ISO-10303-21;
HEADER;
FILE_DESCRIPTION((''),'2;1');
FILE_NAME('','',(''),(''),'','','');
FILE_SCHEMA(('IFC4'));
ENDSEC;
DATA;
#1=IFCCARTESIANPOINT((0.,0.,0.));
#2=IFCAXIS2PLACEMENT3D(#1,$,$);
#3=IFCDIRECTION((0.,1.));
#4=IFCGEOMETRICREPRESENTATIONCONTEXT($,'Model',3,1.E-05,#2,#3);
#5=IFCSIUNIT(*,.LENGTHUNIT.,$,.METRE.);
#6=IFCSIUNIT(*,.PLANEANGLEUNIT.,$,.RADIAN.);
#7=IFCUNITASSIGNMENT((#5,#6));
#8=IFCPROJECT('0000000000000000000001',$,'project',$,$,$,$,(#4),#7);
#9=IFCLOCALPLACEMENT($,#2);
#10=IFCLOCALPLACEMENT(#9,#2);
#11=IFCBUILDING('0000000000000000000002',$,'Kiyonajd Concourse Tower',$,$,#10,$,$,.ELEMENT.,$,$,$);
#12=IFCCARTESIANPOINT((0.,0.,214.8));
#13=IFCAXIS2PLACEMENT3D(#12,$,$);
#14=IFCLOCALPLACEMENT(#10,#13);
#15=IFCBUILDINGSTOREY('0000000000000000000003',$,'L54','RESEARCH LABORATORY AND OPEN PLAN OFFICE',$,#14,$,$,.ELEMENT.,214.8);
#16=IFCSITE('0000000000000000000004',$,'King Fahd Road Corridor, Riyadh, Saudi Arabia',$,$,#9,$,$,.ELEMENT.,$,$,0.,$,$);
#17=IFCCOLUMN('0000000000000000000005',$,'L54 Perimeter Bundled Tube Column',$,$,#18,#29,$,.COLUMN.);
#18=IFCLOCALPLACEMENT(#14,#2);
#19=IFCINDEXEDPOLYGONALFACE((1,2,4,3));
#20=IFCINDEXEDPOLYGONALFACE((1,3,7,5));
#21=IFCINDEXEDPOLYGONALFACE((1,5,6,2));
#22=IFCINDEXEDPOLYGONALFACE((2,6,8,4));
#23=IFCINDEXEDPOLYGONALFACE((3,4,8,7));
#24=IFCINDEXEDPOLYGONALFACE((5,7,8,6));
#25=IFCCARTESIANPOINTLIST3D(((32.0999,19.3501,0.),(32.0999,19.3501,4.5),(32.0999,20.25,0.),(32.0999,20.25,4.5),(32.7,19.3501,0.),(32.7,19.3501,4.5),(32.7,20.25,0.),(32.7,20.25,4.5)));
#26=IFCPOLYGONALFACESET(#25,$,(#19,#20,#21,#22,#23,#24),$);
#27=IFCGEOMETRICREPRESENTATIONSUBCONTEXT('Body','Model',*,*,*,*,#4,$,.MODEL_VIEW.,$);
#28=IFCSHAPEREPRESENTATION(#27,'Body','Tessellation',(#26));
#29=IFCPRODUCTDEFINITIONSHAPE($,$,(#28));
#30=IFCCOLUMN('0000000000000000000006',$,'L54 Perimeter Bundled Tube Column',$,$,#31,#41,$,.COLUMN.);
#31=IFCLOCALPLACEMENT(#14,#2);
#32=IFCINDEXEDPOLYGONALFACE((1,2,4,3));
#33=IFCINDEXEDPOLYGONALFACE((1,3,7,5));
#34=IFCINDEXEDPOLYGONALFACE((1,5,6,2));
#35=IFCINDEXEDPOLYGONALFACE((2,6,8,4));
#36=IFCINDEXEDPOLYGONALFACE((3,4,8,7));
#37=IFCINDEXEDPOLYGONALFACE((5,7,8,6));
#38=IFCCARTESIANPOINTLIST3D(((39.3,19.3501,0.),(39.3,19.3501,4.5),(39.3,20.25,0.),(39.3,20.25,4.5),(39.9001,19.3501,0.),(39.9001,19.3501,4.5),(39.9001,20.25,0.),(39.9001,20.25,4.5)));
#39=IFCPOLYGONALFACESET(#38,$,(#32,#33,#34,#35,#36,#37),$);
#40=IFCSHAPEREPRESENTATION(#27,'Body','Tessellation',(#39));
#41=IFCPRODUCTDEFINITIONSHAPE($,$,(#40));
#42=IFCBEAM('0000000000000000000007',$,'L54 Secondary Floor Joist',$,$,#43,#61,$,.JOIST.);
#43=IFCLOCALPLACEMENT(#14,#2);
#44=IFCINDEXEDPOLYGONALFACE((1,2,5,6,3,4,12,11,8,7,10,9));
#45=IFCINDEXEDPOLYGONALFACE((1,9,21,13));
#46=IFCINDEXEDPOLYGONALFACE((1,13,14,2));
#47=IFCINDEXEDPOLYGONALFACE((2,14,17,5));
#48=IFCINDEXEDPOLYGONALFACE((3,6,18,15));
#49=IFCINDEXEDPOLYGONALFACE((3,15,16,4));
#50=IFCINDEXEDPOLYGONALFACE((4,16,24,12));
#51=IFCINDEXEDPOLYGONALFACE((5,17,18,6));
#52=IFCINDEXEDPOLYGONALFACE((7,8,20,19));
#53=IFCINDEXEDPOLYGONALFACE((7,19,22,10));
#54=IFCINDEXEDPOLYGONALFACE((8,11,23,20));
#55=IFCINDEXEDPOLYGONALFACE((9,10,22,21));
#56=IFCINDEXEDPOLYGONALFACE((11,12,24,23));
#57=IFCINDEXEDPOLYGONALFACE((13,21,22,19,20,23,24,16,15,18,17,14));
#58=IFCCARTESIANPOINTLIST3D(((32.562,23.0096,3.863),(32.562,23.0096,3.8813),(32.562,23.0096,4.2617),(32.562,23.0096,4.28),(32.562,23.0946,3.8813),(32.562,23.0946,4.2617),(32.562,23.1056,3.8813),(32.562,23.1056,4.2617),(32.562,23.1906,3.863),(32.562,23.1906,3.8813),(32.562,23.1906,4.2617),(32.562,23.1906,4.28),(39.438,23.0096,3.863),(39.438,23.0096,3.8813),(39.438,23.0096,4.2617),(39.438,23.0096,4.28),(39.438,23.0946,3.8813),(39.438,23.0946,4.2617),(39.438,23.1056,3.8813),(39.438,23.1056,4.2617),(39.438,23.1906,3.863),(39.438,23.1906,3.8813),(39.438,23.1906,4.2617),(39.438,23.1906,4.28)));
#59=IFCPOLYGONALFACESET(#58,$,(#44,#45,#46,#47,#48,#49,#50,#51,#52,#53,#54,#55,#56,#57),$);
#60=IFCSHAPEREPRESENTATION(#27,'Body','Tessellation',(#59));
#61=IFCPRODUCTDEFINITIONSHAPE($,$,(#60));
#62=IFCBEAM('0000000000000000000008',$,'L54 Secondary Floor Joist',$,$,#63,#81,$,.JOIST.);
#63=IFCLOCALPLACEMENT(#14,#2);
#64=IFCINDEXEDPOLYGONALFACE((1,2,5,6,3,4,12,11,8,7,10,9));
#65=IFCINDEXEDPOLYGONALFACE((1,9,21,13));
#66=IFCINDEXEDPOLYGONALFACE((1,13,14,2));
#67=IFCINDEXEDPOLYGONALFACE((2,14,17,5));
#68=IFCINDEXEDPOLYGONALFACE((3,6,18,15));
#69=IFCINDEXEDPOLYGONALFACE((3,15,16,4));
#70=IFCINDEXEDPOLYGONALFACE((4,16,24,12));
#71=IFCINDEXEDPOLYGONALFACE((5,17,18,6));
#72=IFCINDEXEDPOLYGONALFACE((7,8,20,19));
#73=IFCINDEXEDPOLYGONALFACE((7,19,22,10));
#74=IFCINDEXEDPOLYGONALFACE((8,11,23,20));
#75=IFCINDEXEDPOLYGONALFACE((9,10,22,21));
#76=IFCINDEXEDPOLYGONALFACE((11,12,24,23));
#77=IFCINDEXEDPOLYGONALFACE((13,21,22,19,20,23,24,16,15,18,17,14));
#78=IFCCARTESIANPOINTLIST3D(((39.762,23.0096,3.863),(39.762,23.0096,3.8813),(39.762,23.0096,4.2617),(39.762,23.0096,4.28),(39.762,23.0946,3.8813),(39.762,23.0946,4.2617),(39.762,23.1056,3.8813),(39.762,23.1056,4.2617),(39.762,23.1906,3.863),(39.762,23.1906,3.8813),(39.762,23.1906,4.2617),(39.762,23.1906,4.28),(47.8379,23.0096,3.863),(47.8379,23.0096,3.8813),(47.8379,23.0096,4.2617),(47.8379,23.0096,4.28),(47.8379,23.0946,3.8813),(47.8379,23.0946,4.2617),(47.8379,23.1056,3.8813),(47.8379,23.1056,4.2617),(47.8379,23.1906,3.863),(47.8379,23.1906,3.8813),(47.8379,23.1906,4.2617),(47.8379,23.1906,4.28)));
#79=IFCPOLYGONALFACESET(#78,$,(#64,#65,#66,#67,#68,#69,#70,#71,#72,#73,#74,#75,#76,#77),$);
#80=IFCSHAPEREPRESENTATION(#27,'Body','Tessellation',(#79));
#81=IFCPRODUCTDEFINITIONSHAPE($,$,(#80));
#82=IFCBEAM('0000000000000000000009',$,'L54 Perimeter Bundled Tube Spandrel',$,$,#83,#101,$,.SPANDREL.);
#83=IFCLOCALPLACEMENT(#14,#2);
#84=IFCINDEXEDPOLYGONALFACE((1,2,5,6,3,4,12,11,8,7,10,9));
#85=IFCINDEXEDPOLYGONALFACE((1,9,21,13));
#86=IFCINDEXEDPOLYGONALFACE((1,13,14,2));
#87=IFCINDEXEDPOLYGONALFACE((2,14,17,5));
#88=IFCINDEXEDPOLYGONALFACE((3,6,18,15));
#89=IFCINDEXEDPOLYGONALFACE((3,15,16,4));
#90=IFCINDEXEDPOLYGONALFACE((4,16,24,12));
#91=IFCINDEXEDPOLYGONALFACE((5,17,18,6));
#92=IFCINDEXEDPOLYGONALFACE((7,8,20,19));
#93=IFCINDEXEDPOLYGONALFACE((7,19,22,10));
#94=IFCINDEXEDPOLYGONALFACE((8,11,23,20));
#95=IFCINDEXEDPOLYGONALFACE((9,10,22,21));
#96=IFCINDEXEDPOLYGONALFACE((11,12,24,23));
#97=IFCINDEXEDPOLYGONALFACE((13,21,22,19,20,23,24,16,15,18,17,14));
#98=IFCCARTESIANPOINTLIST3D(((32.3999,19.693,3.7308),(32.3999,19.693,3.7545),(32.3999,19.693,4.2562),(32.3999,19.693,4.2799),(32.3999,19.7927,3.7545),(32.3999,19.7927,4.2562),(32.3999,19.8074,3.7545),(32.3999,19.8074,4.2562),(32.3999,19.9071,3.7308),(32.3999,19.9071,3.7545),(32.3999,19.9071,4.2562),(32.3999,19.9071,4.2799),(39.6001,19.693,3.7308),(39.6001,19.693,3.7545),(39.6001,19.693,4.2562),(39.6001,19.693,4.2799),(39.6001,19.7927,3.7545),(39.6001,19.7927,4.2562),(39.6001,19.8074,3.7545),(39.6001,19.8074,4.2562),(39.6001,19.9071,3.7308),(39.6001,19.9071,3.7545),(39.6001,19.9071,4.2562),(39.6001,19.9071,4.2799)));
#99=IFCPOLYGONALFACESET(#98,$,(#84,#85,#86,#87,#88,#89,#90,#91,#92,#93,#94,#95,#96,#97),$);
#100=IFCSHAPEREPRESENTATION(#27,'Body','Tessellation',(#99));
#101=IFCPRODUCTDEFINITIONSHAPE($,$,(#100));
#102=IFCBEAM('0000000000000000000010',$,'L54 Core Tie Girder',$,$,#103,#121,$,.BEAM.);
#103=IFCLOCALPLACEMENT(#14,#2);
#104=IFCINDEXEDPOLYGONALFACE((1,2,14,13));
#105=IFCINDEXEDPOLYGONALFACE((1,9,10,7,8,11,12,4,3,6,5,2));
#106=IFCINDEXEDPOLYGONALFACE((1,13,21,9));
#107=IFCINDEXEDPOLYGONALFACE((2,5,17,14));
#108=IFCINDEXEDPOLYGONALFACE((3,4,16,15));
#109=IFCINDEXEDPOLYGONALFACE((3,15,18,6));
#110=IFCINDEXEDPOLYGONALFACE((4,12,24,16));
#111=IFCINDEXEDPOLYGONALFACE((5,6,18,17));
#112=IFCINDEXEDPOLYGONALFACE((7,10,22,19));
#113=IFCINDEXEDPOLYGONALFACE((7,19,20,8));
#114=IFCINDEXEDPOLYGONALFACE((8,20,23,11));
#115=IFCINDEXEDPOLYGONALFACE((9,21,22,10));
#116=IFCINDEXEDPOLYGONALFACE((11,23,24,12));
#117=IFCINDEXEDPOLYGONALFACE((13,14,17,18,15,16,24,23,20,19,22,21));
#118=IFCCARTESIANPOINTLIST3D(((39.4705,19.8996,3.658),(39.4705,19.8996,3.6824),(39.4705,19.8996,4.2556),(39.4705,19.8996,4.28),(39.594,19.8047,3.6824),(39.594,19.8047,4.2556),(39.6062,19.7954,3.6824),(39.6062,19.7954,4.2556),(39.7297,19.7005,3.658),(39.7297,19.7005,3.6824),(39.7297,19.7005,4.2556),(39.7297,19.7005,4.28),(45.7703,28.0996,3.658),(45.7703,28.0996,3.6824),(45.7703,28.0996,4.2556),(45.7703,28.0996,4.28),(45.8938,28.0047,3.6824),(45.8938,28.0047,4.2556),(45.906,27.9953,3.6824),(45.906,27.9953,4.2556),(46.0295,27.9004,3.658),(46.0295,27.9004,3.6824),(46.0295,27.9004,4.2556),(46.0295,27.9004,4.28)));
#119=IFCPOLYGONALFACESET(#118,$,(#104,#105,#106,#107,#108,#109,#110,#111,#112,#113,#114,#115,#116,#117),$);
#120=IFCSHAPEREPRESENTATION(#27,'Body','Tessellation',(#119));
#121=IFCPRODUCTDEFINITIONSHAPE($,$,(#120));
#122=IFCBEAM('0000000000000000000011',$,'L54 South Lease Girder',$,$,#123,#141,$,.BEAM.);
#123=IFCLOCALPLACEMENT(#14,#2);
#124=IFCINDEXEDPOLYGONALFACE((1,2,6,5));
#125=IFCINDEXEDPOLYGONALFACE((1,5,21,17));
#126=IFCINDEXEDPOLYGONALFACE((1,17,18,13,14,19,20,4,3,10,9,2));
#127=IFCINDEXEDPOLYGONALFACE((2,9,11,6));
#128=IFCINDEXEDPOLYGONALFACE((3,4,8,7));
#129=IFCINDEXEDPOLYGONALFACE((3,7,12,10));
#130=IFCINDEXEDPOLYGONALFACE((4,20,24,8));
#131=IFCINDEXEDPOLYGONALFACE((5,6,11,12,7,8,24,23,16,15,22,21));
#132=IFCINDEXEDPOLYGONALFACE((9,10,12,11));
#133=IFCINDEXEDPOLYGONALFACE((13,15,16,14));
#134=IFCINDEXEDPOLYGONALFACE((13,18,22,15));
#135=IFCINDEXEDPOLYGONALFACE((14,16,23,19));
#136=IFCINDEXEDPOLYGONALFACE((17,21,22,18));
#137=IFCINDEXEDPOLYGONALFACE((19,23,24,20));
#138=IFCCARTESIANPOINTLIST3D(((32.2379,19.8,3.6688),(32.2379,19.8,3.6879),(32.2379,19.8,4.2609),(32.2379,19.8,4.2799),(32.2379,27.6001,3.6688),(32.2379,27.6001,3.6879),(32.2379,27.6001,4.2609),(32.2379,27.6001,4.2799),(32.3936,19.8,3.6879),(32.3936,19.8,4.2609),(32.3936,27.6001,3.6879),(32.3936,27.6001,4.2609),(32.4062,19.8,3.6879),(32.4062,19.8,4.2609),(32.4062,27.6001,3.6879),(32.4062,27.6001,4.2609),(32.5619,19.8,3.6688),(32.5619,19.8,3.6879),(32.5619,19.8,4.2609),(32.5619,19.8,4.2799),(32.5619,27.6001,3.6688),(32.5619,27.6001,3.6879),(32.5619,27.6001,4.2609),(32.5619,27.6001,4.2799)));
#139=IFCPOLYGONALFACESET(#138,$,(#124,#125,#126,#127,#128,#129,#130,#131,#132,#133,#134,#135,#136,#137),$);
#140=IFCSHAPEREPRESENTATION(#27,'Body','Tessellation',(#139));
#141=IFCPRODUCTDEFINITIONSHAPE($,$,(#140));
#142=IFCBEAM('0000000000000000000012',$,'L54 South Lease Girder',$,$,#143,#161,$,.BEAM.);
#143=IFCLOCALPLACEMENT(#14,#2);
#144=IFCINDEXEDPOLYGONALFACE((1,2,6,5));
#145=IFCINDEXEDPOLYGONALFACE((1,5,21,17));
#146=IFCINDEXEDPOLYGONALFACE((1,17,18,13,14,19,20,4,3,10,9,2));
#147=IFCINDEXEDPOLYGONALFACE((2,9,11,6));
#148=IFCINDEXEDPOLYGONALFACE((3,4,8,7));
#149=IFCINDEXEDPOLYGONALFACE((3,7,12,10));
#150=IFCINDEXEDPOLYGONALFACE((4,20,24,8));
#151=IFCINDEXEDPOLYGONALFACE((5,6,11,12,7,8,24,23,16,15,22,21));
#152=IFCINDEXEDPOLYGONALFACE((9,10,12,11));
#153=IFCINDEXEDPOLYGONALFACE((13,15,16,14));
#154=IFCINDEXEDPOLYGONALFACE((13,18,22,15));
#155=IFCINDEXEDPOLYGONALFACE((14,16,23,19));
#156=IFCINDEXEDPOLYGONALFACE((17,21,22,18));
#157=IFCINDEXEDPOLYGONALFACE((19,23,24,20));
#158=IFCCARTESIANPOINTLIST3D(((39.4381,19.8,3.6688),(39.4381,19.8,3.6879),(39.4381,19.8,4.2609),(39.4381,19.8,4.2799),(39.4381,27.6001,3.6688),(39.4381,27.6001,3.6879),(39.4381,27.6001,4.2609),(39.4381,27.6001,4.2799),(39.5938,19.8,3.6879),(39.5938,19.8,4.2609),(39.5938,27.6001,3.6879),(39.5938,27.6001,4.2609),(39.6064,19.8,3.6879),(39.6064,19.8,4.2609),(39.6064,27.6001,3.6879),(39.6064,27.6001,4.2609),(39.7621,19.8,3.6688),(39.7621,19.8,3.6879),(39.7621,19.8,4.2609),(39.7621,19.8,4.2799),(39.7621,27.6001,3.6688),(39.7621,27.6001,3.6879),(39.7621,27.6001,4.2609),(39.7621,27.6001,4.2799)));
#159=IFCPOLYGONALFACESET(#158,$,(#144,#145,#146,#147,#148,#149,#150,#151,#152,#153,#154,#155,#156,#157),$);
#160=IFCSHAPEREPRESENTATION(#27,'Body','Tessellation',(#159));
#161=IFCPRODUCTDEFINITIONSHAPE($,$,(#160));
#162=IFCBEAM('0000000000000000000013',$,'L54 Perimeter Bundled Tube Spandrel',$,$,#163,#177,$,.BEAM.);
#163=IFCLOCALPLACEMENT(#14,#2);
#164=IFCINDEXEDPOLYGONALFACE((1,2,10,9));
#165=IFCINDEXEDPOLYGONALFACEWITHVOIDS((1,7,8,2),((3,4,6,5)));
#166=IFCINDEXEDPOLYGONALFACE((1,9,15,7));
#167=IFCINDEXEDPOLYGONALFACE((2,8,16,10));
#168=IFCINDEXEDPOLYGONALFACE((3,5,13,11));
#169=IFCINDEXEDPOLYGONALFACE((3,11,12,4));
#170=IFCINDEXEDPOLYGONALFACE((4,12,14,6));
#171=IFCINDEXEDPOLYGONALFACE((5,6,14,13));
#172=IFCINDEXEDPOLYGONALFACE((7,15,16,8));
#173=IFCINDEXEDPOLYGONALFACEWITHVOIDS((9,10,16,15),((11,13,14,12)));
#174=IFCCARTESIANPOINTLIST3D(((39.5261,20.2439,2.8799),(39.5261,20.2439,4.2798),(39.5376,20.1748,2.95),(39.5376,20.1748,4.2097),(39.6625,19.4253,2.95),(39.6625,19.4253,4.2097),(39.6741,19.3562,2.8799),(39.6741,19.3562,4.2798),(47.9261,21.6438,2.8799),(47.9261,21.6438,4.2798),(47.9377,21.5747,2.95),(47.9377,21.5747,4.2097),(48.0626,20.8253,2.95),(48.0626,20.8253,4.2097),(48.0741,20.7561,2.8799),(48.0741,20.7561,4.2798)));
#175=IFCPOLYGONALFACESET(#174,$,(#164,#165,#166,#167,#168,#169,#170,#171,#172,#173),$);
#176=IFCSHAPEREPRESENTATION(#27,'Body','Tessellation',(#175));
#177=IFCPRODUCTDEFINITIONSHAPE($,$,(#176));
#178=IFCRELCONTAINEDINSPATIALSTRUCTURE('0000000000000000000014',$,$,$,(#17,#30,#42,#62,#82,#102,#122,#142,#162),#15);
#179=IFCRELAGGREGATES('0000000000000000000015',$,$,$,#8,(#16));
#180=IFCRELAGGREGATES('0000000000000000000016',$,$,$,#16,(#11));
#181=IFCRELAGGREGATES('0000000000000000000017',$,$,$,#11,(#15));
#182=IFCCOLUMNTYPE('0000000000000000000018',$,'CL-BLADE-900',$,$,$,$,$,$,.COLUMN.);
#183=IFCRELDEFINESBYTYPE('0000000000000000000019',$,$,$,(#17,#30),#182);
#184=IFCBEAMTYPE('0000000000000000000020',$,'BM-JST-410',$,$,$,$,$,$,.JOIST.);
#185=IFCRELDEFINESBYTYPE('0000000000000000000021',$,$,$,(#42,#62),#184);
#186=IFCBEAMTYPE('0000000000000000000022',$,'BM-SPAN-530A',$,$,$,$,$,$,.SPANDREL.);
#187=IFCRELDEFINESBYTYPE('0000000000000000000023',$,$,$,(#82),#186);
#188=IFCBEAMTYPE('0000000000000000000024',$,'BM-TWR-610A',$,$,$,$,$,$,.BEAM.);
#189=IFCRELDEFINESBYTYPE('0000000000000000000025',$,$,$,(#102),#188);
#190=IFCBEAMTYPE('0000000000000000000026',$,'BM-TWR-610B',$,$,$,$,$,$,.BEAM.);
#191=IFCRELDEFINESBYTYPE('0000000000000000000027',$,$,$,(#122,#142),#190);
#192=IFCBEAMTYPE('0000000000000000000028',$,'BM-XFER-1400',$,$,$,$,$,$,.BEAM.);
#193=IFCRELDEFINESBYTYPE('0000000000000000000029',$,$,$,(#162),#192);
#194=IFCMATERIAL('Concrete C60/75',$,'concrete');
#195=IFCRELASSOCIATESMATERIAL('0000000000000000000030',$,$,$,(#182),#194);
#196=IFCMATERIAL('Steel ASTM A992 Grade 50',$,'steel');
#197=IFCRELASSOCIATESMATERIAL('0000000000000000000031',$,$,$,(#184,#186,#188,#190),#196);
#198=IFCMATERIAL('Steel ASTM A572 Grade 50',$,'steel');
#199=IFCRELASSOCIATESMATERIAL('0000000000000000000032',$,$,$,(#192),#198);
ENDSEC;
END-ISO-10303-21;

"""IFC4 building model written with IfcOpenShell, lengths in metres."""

from ifc_helpers import new_model, si_unit, direction, frame, origin, origin_2d, place, context, subcontext, project, spatial, rectangle, hollow_rectangle, i_section, extrude, material, material_profile, profile_set, type_object, element, save


model = new_model("IFC4")

# Units and contexts
model_context = context("Model", 3, precision=1e-05, world=origin(), true_north=direction((0.0, 1.0)))
body_context = subcontext(model_context, "Body", "Model", "MODEL_VIEW")
ifc_project = project(units=[si_unit("LENGTHUNIT", "METRE"), si_unit("PLANEANGLEUNIT", "RADIAN")], contexts=[model_context])

# Site, building, storey
site_placement = place(None, origin())
site = spatial("IfcSite", under=ifc_project, at=site_placement, Name="King Fahd Road Corridor, Riyadh, Saudi Arabia", CompositionType="ELEMENT", RefElevation=0.0)
building_placement = place(site_placement, origin())
building = spatial("IfcBuilding", under=site, at=building_placement, Name="Kiyonajd Concourse Tower", CompositionType="ELEMENT")
storey_placement = place(building_placement, frame((0.0, 0.0, 214.8)))
storey = spatial("IfcBuildingStorey", under=building, at=storey_placement, Name="L54", Description="RESEARCH LABORATORY AND OPEN PLAN OFFICE", CompositionType="ELEMENT", Elevation=214.8)

# Columns
ifc_material_1 = material(Name="Concrete C60/75", Category="concrete")
ifc_material_profile_1 = material_profile(ifc_material_1, rectangle(XDim=0.6001, YDim=0.8999, at=origin_2d()), Name="RC-900x600")
ifc_profile_set_1 = profile_set([ifc_material_profile_1], Name="Concrete C60/75")
column_type = type_object("IfcColumnType", Name="CL-BLADE-900", PredefinedType="COLUMN", material=ifc_profile_set_1)
for number, where, z_axis, x_axis, name in (
    (1, (32.3999, 19.8, 0.0), (0.0, 0.0, 1.0), (1.0, 0.0, 0.0), "L54 Perimeter Bundled Tube Column"),
    (2, (39.6001, 19.8, 0.0), (0.0, 0.0, 1.0), (1.0, 0.0, 0.0), "L54 Perimeter Bundled Tube Column"),
):
    element("IfcColumn", number, at=place(storey_placement, frame(where, z_axis=z_axis, x_axis=x_axis)), inside=storey, type_object=column_type, Name=name, PredefinedType="COLUMN", context=body_context, shape_type="SweptSolid", body=[
        extrude(rectangle(XDim=0.6001, YDim=0.8999, at=origin_2d()), origin(), (0.0, 0.0, 1.0), 4.5),
    ])

# Beams
ifc_material_2 = material(Name="Steel ASTM A992 Grade 50", Category="steel")
ifc_material_profile_2 = material_profile(ifc_material_2, i_section(OverallWidth=0.1809, OverallDepth=0.417, WebThickness=0.011, FlangeThickness=0.0183, at=origin_2d()), Name="W410X85")
ifc_profile_set_2 = profile_set([ifc_material_profile_2], Name="Steel ASTM A992 Grade 50")
beam_type_1 = type_object("IfcBeamType", Name="BM-JST-410", PredefinedType="JOIST", material=ifc_profile_set_2)
beam_1_placement = place(storey_placement, frame((32.562, 23.1001, 4.0715), z_axis=(1.0, 0.0, 0.0), x_axis=(0.0, 1.0, 0.0)))
element("IfcBeam", 3, at=beam_1_placement, inside=storey, type_object=beam_type_1, Name="L54 Secondary Floor Joist", PredefinedType="JOIST", context=body_context, shape_type="SweptSolid", body=[
    extrude(i_section(OverallWidth=0.1809, OverallDepth=0.417, WebThickness=0.011, FlangeThickness=0.0183, at=origin_2d()), origin(), (0.0, 0.0, 1.0), 6.876),
])
beam_2_placement = place(storey_placement, frame((39.762, 23.1001, 4.0715), z_axis=(1.0, 0.0, 0.0), x_axis=(0.0, 1.0, 0.0)))
element("IfcBeam", 4, at=beam_2_placement, inside=storey, type_object=beam_type_1, Name="L54 Secondary Floor Joist", PredefinedType="JOIST", context=body_context, shape_type="SweptSolid", body=[
    extrude(i_section(OverallWidth=0.1809, OverallDepth=0.417, WebThickness=0.011, FlangeThickness=0.0183, at=origin_2d()), origin(), (0.0, 0.0, 1.0), 8.0759),
])
ifc_material_profile_3 = material_profile(ifc_material_2, i_section(OverallWidth=0.2141, OverallDepth=0.5491, WebThickness=0.0146, FlangeThickness=0.0237, at=origin_2d()), Name="W530X138")
ifc_profile_set_3 = profile_set([ifc_material_profile_3], Name="Steel ASTM A992 Grade 50")
beam_type_2 = type_object("IfcBeamType", Name="BM-SPAN-530A", PredefinedType="SPANDREL", material=ifc_profile_set_3)
beam_3_placement = place(storey_placement, frame((32.3999, 19.8, 4.0054), z_axis=(1.0, 0.0, 0.0), x_axis=(0.0, 1.0, 0.0)))
element("IfcBeam", 5, at=beam_3_placement, inside=storey, type_object=beam_type_2, Name="L54 Perimeter Bundled Tube Spandrel", PredefinedType="SPANDREL", context=body_context, shape_type="SweptSolid", body=[
    extrude(i_section(OverallWidth=0.2141, OverallDepth=0.5491, WebThickness=0.0146, FlangeThickness=0.0237, at=origin_2d()), origin(), (0.0, 0.0, 1.0), 7.2002),
])
ifc_material_profile_4 = material_profile(ifc_material_2, i_section(OverallWidth=0.3269, OverallDepth=0.6221, WebThickness=0.0154, FlangeThickness=0.0244, at=origin_2d()), Name="W610X195")
ifc_profile_set_4 = profile_set([ifc_material_profile_4], Name="Steel ASTM A992 Grade 50")
beam_type_3 = type_object("IfcBeamType", Name="BM-TWR-610A", PredefinedType="BEAM", material=ifc_profile_set_4)
beam_4_placement = place(storey_placement, frame((39.6001, 19.8, 3.969), z_axis=(0.609234, 0.792991, 0.0), x_axis=(-0.792991, 0.609234, 0.0)))
element("IfcBeam", 6, at=beam_4_placement, inside=storey, type_object=beam_type_3, Name="L54 Core Tie Girder", PredefinedType="BEAM", context=body_context, shape_type="SweptSolid", body=[
    extrude(i_section(OverallWidth=0.3269, OverallDepth=0.6221, WebThickness=0.0154, FlangeThickness=0.0244, at=origin_2d()), origin(), (0.0, 0.0, 1.0), 10.3406),
])
ifc_material_profile_5 = material_profile(ifc_material_2, i_section(OverallWidth=0.324, OverallDepth=0.6111, WebThickness=0.0127, FlangeThickness=0.019, at=origin_2d()), Name="W610X155")
ifc_profile_set_5 = profile_set([ifc_material_profile_5], Name="Steel ASTM A992 Grade 50")
beam_type_4 = type_object("IfcBeamType", Name="BM-TWR-610B", PredefinedType="BEAM", material=ifc_profile_set_5)
for number, where, z_axis, x_axis, name in (
    (7, (32.3999, 19.8, 3.9744), (0.0, 1.0, 0.0), (-1.0, 0.0, 0.0), "L54 South Lease Girder"),
    (8, (39.6001, 19.8, 3.9744), (0.0, 1.0, 0.0), (-1.0, 0.0, 0.0), "L54 South Lease Girder"),
):
    element("IfcBeam", number, at=place(storey_placement, frame(where, z_axis=z_axis, x_axis=x_axis)), inside=storey, type_object=beam_type_4, Name=name, PredefinedType="BEAM", context=body_context, shape_type="SweptSolid", body=[
        extrude(i_section(OverallWidth=0.324, OverallDepth=0.6111, WebThickness=0.0127, FlangeThickness=0.019, at=origin_2d()), origin(), (0.0, 0.0, 1.0), 7.8),
    ])
ifc_material_3 = material(Name="Steel ASTM A572 Grade 50", Category="steel")
ifc_material_profile_6 = material_profile(ifc_material_3, hollow_rectangle(XDim=0.8999, YDim=1.3999, WallThickness=0.0701, at=origin_2d()), Name="BOX-1400x900x70")
ifc_profile_set_6 = profile_set([ifc_material_profile_6], Name="Steel ASTM A572 Grade 50")
beam_type_5 = type_object("IfcBeamType", Name="BM-XFER-1400", PredefinedType="BEAM", material=ifc_profile_set_6)
beam_5_placement = place(storey_placement, frame((39.6001, 19.8, 3.5798), z_axis=(0.986395, 0.16439, 0.0), x_axis=(-0.16439, 0.986395, 0.0)))
element("IfcBeam", 9, at=beam_5_placement, inside=storey, type_object=beam_type_5, Name="L54 Perimeter Bundled Tube Spandrel", PredefinedType="BEAM", context=body_context, shape_type="SweptSolid", body=[
    extrude(hollow_rectangle(XDim=0.8999, YDim=1.3999, WallThickness=0.0701, at=origin_2d()), origin(), (0.0, 0.0, 1.0), 8.5159),
])

save(model, "model.ifc")
